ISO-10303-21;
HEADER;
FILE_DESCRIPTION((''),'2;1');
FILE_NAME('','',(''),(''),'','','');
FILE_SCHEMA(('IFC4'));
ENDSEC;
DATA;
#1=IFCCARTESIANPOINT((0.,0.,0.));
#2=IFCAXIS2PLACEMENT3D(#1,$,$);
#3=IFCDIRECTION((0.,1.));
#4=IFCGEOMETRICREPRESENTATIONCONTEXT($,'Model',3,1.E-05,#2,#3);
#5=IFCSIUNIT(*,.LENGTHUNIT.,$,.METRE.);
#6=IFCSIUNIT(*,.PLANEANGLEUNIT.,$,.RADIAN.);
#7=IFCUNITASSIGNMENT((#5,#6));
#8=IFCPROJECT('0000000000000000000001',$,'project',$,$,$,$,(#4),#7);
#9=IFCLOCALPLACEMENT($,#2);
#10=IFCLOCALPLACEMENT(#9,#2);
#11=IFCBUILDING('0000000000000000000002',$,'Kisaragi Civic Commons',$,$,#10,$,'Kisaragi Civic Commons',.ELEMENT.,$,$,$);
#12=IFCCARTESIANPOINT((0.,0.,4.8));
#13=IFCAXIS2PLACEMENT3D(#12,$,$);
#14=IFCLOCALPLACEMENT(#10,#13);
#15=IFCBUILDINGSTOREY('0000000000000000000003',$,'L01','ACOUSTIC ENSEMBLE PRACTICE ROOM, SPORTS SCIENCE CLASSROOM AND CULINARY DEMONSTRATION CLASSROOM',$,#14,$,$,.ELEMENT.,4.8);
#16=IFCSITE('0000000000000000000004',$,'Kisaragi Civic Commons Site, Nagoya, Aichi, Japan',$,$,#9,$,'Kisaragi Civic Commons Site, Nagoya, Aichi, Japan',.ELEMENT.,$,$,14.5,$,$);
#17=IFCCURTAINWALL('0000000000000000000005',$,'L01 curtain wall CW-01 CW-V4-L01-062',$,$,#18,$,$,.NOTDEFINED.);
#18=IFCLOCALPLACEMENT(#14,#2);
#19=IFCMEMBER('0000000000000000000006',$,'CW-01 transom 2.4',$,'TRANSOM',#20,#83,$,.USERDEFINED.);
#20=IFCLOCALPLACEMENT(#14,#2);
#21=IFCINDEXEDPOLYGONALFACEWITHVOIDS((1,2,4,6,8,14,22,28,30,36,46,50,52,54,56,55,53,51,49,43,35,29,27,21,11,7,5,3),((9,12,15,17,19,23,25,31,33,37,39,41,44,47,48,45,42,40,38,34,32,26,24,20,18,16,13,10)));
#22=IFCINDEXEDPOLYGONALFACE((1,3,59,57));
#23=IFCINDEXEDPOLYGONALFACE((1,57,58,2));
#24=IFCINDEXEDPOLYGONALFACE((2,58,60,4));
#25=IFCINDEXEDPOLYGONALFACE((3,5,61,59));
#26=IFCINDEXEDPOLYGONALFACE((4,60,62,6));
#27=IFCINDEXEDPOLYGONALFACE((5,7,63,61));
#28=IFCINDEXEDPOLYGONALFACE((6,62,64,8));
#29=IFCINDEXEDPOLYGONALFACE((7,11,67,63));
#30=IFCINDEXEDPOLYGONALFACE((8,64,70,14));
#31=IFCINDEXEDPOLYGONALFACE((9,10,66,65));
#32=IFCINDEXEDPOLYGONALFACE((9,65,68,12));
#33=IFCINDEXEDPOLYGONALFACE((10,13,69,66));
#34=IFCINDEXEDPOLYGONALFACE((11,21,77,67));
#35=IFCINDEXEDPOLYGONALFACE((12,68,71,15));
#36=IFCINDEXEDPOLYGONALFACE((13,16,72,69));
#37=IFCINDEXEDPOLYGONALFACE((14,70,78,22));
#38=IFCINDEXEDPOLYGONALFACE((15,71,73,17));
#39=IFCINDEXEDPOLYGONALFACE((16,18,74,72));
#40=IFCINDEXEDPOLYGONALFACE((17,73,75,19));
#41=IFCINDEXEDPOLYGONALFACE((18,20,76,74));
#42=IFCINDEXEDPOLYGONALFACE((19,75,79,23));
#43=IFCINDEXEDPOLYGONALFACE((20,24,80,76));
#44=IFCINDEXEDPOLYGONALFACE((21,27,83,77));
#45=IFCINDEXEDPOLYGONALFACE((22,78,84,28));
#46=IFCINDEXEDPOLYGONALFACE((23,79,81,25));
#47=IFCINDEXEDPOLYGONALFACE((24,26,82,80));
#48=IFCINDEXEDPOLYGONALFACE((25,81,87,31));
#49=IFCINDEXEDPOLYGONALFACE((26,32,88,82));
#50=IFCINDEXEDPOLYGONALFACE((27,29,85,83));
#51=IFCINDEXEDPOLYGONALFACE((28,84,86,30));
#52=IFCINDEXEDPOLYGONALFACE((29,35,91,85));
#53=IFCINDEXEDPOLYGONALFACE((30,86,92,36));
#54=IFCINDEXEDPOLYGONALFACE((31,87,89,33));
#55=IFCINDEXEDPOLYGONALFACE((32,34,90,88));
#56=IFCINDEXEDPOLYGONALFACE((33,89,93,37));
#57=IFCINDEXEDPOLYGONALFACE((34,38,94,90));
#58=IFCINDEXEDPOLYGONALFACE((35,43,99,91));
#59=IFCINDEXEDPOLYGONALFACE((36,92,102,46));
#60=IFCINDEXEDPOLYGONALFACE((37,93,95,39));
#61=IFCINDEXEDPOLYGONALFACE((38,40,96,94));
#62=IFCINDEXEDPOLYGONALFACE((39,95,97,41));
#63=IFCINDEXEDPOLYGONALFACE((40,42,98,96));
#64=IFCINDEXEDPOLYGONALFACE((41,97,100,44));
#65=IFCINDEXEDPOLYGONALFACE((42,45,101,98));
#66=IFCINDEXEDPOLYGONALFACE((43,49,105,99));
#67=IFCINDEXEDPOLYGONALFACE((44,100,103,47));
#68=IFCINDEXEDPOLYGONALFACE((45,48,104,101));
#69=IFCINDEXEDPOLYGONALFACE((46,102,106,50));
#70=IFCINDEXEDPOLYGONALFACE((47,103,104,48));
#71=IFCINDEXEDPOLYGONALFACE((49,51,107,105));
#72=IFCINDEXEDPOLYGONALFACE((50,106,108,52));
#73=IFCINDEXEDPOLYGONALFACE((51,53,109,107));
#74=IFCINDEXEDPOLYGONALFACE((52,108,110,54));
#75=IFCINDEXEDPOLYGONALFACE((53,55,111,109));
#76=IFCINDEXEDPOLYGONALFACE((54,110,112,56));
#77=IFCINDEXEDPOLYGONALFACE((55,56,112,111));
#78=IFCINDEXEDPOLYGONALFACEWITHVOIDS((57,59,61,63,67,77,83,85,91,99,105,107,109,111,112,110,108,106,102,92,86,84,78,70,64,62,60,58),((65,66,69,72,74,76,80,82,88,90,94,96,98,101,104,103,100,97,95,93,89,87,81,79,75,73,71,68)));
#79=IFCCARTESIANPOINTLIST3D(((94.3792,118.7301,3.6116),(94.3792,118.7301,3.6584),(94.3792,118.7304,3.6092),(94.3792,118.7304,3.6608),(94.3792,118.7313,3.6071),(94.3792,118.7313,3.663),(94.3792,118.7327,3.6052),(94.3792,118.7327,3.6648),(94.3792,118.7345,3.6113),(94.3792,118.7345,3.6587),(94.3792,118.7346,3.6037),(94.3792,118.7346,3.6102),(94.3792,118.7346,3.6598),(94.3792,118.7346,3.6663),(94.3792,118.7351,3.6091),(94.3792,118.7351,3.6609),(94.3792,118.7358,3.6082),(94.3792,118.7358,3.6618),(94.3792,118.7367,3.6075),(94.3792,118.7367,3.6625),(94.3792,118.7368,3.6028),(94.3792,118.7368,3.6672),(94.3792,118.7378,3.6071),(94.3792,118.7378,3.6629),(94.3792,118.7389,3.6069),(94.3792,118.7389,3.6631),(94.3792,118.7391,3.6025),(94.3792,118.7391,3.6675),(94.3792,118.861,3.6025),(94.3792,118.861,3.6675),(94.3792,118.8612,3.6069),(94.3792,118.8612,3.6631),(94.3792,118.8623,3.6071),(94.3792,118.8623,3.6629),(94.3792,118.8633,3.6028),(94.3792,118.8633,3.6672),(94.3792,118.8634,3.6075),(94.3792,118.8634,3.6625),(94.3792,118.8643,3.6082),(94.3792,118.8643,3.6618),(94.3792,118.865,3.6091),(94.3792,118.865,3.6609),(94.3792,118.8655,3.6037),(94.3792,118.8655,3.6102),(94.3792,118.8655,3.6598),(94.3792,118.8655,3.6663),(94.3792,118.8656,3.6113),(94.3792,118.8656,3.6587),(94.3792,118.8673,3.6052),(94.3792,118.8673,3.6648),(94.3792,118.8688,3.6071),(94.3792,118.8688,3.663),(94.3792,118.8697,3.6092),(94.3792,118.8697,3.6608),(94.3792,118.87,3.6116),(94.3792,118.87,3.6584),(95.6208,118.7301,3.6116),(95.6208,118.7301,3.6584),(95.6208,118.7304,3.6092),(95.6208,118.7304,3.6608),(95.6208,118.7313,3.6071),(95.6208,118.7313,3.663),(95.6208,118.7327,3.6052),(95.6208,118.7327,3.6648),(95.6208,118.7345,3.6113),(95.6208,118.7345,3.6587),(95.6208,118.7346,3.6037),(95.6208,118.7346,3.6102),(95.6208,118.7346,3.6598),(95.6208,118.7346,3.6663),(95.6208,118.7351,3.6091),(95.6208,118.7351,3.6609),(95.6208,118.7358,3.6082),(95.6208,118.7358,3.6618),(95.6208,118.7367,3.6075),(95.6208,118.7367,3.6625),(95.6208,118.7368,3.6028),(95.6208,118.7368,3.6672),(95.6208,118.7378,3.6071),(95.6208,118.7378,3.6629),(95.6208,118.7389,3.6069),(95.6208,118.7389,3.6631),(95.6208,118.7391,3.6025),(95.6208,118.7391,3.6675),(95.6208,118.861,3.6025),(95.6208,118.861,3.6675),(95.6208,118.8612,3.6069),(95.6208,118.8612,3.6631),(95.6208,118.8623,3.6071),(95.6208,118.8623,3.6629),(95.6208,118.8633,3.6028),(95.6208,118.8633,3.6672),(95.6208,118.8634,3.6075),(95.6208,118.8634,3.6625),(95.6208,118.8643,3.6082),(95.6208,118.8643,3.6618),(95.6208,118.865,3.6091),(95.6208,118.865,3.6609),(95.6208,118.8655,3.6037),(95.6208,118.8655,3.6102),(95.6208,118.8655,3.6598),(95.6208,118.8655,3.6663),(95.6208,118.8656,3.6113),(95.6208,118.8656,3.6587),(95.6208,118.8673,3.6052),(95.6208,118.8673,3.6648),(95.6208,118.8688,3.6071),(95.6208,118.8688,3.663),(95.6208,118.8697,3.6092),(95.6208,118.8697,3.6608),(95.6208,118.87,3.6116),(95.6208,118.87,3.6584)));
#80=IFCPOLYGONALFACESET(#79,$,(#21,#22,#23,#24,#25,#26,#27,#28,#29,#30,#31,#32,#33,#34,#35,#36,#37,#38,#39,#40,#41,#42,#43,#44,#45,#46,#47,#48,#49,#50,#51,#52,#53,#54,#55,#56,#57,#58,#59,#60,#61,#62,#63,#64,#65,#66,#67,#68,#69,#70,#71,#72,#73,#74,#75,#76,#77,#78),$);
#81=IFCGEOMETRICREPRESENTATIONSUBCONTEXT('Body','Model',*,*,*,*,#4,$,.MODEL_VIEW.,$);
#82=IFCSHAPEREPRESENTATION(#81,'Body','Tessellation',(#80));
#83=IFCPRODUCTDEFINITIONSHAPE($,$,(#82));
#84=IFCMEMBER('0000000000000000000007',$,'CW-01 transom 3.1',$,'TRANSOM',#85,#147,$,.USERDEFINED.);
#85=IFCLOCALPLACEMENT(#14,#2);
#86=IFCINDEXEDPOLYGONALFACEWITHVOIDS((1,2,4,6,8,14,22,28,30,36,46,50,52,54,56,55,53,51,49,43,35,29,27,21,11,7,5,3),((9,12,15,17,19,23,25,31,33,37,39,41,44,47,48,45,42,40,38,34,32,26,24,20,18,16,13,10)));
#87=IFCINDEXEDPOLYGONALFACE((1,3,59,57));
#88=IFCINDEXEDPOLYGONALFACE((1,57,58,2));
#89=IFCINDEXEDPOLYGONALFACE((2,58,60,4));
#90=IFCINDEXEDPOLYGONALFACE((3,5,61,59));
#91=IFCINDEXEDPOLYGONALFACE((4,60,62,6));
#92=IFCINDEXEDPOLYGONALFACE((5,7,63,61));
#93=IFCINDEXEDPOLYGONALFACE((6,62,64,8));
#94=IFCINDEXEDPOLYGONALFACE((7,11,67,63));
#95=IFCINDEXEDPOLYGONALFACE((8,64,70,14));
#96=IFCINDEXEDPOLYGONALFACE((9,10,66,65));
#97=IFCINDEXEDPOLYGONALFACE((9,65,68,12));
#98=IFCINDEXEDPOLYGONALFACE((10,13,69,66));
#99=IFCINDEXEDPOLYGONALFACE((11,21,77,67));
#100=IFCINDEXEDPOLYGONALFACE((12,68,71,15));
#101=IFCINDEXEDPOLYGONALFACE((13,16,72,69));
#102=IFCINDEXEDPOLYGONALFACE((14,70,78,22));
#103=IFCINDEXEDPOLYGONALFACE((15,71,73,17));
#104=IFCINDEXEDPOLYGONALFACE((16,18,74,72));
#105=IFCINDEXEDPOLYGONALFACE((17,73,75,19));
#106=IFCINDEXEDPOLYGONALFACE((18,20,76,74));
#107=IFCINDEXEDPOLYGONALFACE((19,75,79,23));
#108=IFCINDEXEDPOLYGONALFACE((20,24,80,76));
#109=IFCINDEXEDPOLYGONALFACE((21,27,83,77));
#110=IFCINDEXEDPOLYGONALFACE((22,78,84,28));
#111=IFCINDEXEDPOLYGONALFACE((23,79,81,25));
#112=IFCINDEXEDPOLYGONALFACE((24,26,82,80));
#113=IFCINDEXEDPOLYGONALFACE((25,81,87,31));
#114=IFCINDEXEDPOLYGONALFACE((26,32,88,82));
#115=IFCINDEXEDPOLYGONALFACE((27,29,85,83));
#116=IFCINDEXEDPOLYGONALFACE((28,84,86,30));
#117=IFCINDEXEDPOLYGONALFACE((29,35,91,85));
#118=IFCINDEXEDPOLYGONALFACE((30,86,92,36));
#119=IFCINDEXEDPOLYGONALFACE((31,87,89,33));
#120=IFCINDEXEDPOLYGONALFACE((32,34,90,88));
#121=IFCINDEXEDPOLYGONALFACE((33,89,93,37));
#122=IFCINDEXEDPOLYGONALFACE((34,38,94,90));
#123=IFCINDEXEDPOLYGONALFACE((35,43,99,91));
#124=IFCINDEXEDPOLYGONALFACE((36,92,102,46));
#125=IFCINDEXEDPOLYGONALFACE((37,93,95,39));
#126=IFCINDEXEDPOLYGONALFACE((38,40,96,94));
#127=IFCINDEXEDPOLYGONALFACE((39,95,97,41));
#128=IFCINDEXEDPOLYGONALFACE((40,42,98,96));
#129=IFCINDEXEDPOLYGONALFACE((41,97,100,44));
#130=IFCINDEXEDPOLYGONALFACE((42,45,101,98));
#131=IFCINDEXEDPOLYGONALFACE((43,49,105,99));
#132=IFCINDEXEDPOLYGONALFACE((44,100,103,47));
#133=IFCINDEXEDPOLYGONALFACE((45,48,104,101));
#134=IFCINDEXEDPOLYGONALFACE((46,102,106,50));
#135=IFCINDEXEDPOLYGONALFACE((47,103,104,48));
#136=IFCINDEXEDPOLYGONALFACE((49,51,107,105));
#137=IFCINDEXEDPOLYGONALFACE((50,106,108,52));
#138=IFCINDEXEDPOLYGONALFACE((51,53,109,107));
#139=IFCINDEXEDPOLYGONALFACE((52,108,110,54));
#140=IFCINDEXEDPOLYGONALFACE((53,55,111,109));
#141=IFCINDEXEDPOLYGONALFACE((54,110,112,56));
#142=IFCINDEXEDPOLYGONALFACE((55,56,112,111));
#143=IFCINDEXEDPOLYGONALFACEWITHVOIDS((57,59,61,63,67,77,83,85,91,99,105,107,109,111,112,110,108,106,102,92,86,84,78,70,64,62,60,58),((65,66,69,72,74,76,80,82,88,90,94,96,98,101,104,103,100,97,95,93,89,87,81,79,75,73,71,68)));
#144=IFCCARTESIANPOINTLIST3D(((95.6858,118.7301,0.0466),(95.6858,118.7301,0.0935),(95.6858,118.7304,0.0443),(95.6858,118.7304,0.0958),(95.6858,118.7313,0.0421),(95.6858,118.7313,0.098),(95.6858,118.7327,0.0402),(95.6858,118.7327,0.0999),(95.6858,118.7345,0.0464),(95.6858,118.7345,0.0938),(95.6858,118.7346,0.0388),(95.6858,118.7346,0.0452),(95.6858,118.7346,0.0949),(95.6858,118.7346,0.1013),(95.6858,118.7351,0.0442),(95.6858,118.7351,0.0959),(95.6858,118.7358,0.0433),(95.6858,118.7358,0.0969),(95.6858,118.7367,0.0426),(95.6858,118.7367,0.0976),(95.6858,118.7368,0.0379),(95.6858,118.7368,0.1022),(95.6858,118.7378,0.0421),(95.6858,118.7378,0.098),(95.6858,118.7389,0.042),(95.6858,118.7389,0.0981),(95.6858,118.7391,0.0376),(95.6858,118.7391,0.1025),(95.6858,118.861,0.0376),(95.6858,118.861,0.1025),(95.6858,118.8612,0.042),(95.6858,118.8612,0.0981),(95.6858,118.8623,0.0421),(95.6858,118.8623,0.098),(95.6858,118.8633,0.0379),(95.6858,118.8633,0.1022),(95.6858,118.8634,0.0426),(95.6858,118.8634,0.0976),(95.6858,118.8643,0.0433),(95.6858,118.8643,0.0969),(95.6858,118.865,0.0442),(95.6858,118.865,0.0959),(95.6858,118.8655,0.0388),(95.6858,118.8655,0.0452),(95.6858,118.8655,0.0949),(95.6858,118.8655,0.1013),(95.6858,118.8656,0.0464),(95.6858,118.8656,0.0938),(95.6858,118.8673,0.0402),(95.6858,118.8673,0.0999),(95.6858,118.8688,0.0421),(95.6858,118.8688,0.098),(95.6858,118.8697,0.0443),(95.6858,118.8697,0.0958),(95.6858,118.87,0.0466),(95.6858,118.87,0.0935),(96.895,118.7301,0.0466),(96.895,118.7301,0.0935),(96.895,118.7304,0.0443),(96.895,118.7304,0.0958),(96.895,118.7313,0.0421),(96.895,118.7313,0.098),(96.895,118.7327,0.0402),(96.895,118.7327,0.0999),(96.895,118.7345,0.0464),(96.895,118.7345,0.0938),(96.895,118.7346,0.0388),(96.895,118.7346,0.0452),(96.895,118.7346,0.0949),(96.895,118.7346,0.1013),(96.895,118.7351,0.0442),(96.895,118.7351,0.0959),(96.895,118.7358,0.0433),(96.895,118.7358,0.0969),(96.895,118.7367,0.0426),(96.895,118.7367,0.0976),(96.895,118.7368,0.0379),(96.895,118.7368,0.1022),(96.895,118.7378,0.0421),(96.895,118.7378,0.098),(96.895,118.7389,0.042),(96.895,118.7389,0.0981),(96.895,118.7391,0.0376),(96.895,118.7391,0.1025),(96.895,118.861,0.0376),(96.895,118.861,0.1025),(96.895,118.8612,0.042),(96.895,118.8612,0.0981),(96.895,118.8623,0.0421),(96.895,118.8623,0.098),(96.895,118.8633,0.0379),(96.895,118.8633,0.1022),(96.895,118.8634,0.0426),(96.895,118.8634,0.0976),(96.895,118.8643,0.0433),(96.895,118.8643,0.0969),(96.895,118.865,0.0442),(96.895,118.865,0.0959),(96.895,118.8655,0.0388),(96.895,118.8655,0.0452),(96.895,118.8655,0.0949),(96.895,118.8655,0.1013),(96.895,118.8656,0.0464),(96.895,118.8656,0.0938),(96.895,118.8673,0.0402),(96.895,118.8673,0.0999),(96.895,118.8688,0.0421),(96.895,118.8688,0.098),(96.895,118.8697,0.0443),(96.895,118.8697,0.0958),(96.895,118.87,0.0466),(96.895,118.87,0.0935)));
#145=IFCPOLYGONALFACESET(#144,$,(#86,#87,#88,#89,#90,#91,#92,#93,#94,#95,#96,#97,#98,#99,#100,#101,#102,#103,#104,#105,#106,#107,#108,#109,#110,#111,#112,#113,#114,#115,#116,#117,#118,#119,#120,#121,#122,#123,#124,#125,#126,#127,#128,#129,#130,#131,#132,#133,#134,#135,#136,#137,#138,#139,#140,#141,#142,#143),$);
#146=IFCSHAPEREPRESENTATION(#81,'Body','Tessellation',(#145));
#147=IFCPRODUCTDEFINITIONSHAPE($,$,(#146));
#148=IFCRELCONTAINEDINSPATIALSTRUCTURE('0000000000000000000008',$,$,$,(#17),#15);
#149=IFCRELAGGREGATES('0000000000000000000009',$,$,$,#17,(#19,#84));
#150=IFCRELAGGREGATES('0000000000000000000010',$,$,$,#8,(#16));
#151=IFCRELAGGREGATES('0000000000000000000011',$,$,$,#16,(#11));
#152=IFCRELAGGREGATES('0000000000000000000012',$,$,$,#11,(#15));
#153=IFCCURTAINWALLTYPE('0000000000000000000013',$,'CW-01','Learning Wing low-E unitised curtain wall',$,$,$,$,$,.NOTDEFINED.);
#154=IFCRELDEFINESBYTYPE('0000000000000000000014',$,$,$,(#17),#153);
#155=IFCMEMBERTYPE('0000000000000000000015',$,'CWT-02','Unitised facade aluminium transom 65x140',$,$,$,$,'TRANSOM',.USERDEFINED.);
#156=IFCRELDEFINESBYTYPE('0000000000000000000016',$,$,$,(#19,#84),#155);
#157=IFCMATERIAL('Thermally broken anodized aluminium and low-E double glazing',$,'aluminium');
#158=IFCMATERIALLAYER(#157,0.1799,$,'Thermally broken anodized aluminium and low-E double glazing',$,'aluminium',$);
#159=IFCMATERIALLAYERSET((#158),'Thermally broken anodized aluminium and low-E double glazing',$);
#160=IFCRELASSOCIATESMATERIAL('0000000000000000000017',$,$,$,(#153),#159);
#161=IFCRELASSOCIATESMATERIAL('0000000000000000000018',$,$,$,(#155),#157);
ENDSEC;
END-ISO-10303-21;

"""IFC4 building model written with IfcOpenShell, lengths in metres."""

from ifc_helpers import new_model, si_unit, direction, frame, origin, origin_2d, place, context, subcontext, project, spatial, hollow_rectangle, extrude, material, layer, layer_set, material_profile, profile_set, type_object, element, aggregate, save


model = new_model("IFC4")

# Units and contexts
model_context = context("Model", 3, precision=1e-05, world=origin(), true_north=direction((0.0, 1.0)))
body_context = subcontext(model_context, "Body", "Model", "MODEL_VIEW")
ifc_project = project(units=[si_unit("LENGTHUNIT", "METRE"), si_unit("PLANEANGLEUNIT", "RADIAN")], contexts=[model_context])

# Site, building, storey
site_placement = place(None, origin())
site = spatial("IfcSite", under=ifc_project, at=site_placement, Name="Kisaragi Civic Commons Site, Nagoya, Aichi, Japan", LongName="Kisaragi Civic Commons Site, Nagoya, Aichi, Japan", CompositionType="ELEMENT", RefElevation=14.5)
building_placement = place(site_placement, origin())
building = spatial("IfcBuilding", under=site, at=building_placement, Name="Kisaragi Civic Commons", LongName="Kisaragi Civic Commons", CompositionType="ELEMENT")
storey_placement = place(building_placement, frame((0.0, 0.0, 4.8)))
storey = spatial("IfcBuildingStorey", under=building, at=storey_placement, Name="L01", Description="ACOUSTIC ENSEMBLE PRACTICE ROOM, SPORTS SCIENCE CLASSROOM AND CULINARY DEMONSTRATION CLASSROOM", CompositionType="ELEMENT", Elevation=4.8)

# Curtain wall, members
ifc_material_1 = material(Name="Thermally broken anodized aluminium and low-E double glazing", Category="aluminium")
ifc_layer_1 = layer(ifc_material_1, 0.1799, Name="Thermally broken anodized aluminium and low-E double glazing", Category="aluminium")
ifc_layer_set_1 = layer_set([ifc_layer_1], Name="Thermally broken anodized aluminium and low-E double glazing")
curtain_wall_type = type_object("IfcCurtainWallType", Name="CW-01", Description="Learning Wing low-E unitised curtain wall", PredefinedType="NOTDEFINED", material=ifc_layer_set_1)
curtain_wall_placement = place(storey_placement, origin())
curtain_wall = element("IfcCurtainWall", 1, at=curtain_wall_placement, inside=storey, type_object=curtain_wall_type, Name="L01 curtain wall CW-01 CW-V4-L01-062", PredefinedType="NOTDEFINED")
ifc_material_profile_1 = material_profile(ifc_material_1, hollow_rectangle(XDim=0.1399, YDim=0.0649, WallThickness=0.0044, InnerFilletRadius=0.0044, OuterFilletRadius=0.009, at=origin_2d()), Name="CWT-65x140x4.5", Category="aluminium")
ifc_profile_set_1 = profile_set([ifc_material_profile_1], Name="Thermally broken anodized aluminium and low-E double glazing")
member_type_1 = type_object("IfcMemberType", Name="CWT-02", Description="Unitised facade aluminium transom 65x140", ElementType="TRANSOM", PredefinedType="USERDEFINED", material=ifc_profile_set_1)
member_1_placement = place(storey_placement, frame((94.3792, 118.8, 3.635), z_axis=(1.0, 0.0, 0.0), x_axis=(0.0, 1.0, 0.0)))
member_1 = element("IfcMember", 2, at=member_1_placement, type_object=member_type_1, Name="CW-01 transom 2.4", ObjectType="TRANSOM", PredefinedType="USERDEFINED", context=body_context, shape_type="SweptSolid", body=[
    extrude(hollow_rectangle(XDim=0.1399, YDim=0.0649, WallThickness=0.0044, InnerFilletRadius=0.0044, OuterFilletRadius=0.009, at=origin_2d()), origin(), (0.0, 0.0, 1.0), 1.2417),
])
member_2_placement = place(storey_placement, frame((95.6858, 118.8, 0.0701), z_axis=(1.0, 0.0, 0.0), x_axis=(0.0, 1.0, 0.0)))
member_2 = element("IfcMember", 3, at=member_2_placement, type_object=member_type_1, Name="CW-01 transom 3.1", ObjectType="TRANSOM", PredefinedType="USERDEFINED", context=body_context, shape_type="SweptSolid", body=[
    extrude(hollow_rectangle(XDim=0.1399, YDim=0.0649, WallThickness=0.0044, InnerFilletRadius=0.0044, OuterFilletRadius=0.009, at=origin_2d()), origin(), (0.0, 0.0, 1.0), 1.2092),
])
aggregate(curtain_wall, [member_1, member_2])

save(model, "model.ifc")
